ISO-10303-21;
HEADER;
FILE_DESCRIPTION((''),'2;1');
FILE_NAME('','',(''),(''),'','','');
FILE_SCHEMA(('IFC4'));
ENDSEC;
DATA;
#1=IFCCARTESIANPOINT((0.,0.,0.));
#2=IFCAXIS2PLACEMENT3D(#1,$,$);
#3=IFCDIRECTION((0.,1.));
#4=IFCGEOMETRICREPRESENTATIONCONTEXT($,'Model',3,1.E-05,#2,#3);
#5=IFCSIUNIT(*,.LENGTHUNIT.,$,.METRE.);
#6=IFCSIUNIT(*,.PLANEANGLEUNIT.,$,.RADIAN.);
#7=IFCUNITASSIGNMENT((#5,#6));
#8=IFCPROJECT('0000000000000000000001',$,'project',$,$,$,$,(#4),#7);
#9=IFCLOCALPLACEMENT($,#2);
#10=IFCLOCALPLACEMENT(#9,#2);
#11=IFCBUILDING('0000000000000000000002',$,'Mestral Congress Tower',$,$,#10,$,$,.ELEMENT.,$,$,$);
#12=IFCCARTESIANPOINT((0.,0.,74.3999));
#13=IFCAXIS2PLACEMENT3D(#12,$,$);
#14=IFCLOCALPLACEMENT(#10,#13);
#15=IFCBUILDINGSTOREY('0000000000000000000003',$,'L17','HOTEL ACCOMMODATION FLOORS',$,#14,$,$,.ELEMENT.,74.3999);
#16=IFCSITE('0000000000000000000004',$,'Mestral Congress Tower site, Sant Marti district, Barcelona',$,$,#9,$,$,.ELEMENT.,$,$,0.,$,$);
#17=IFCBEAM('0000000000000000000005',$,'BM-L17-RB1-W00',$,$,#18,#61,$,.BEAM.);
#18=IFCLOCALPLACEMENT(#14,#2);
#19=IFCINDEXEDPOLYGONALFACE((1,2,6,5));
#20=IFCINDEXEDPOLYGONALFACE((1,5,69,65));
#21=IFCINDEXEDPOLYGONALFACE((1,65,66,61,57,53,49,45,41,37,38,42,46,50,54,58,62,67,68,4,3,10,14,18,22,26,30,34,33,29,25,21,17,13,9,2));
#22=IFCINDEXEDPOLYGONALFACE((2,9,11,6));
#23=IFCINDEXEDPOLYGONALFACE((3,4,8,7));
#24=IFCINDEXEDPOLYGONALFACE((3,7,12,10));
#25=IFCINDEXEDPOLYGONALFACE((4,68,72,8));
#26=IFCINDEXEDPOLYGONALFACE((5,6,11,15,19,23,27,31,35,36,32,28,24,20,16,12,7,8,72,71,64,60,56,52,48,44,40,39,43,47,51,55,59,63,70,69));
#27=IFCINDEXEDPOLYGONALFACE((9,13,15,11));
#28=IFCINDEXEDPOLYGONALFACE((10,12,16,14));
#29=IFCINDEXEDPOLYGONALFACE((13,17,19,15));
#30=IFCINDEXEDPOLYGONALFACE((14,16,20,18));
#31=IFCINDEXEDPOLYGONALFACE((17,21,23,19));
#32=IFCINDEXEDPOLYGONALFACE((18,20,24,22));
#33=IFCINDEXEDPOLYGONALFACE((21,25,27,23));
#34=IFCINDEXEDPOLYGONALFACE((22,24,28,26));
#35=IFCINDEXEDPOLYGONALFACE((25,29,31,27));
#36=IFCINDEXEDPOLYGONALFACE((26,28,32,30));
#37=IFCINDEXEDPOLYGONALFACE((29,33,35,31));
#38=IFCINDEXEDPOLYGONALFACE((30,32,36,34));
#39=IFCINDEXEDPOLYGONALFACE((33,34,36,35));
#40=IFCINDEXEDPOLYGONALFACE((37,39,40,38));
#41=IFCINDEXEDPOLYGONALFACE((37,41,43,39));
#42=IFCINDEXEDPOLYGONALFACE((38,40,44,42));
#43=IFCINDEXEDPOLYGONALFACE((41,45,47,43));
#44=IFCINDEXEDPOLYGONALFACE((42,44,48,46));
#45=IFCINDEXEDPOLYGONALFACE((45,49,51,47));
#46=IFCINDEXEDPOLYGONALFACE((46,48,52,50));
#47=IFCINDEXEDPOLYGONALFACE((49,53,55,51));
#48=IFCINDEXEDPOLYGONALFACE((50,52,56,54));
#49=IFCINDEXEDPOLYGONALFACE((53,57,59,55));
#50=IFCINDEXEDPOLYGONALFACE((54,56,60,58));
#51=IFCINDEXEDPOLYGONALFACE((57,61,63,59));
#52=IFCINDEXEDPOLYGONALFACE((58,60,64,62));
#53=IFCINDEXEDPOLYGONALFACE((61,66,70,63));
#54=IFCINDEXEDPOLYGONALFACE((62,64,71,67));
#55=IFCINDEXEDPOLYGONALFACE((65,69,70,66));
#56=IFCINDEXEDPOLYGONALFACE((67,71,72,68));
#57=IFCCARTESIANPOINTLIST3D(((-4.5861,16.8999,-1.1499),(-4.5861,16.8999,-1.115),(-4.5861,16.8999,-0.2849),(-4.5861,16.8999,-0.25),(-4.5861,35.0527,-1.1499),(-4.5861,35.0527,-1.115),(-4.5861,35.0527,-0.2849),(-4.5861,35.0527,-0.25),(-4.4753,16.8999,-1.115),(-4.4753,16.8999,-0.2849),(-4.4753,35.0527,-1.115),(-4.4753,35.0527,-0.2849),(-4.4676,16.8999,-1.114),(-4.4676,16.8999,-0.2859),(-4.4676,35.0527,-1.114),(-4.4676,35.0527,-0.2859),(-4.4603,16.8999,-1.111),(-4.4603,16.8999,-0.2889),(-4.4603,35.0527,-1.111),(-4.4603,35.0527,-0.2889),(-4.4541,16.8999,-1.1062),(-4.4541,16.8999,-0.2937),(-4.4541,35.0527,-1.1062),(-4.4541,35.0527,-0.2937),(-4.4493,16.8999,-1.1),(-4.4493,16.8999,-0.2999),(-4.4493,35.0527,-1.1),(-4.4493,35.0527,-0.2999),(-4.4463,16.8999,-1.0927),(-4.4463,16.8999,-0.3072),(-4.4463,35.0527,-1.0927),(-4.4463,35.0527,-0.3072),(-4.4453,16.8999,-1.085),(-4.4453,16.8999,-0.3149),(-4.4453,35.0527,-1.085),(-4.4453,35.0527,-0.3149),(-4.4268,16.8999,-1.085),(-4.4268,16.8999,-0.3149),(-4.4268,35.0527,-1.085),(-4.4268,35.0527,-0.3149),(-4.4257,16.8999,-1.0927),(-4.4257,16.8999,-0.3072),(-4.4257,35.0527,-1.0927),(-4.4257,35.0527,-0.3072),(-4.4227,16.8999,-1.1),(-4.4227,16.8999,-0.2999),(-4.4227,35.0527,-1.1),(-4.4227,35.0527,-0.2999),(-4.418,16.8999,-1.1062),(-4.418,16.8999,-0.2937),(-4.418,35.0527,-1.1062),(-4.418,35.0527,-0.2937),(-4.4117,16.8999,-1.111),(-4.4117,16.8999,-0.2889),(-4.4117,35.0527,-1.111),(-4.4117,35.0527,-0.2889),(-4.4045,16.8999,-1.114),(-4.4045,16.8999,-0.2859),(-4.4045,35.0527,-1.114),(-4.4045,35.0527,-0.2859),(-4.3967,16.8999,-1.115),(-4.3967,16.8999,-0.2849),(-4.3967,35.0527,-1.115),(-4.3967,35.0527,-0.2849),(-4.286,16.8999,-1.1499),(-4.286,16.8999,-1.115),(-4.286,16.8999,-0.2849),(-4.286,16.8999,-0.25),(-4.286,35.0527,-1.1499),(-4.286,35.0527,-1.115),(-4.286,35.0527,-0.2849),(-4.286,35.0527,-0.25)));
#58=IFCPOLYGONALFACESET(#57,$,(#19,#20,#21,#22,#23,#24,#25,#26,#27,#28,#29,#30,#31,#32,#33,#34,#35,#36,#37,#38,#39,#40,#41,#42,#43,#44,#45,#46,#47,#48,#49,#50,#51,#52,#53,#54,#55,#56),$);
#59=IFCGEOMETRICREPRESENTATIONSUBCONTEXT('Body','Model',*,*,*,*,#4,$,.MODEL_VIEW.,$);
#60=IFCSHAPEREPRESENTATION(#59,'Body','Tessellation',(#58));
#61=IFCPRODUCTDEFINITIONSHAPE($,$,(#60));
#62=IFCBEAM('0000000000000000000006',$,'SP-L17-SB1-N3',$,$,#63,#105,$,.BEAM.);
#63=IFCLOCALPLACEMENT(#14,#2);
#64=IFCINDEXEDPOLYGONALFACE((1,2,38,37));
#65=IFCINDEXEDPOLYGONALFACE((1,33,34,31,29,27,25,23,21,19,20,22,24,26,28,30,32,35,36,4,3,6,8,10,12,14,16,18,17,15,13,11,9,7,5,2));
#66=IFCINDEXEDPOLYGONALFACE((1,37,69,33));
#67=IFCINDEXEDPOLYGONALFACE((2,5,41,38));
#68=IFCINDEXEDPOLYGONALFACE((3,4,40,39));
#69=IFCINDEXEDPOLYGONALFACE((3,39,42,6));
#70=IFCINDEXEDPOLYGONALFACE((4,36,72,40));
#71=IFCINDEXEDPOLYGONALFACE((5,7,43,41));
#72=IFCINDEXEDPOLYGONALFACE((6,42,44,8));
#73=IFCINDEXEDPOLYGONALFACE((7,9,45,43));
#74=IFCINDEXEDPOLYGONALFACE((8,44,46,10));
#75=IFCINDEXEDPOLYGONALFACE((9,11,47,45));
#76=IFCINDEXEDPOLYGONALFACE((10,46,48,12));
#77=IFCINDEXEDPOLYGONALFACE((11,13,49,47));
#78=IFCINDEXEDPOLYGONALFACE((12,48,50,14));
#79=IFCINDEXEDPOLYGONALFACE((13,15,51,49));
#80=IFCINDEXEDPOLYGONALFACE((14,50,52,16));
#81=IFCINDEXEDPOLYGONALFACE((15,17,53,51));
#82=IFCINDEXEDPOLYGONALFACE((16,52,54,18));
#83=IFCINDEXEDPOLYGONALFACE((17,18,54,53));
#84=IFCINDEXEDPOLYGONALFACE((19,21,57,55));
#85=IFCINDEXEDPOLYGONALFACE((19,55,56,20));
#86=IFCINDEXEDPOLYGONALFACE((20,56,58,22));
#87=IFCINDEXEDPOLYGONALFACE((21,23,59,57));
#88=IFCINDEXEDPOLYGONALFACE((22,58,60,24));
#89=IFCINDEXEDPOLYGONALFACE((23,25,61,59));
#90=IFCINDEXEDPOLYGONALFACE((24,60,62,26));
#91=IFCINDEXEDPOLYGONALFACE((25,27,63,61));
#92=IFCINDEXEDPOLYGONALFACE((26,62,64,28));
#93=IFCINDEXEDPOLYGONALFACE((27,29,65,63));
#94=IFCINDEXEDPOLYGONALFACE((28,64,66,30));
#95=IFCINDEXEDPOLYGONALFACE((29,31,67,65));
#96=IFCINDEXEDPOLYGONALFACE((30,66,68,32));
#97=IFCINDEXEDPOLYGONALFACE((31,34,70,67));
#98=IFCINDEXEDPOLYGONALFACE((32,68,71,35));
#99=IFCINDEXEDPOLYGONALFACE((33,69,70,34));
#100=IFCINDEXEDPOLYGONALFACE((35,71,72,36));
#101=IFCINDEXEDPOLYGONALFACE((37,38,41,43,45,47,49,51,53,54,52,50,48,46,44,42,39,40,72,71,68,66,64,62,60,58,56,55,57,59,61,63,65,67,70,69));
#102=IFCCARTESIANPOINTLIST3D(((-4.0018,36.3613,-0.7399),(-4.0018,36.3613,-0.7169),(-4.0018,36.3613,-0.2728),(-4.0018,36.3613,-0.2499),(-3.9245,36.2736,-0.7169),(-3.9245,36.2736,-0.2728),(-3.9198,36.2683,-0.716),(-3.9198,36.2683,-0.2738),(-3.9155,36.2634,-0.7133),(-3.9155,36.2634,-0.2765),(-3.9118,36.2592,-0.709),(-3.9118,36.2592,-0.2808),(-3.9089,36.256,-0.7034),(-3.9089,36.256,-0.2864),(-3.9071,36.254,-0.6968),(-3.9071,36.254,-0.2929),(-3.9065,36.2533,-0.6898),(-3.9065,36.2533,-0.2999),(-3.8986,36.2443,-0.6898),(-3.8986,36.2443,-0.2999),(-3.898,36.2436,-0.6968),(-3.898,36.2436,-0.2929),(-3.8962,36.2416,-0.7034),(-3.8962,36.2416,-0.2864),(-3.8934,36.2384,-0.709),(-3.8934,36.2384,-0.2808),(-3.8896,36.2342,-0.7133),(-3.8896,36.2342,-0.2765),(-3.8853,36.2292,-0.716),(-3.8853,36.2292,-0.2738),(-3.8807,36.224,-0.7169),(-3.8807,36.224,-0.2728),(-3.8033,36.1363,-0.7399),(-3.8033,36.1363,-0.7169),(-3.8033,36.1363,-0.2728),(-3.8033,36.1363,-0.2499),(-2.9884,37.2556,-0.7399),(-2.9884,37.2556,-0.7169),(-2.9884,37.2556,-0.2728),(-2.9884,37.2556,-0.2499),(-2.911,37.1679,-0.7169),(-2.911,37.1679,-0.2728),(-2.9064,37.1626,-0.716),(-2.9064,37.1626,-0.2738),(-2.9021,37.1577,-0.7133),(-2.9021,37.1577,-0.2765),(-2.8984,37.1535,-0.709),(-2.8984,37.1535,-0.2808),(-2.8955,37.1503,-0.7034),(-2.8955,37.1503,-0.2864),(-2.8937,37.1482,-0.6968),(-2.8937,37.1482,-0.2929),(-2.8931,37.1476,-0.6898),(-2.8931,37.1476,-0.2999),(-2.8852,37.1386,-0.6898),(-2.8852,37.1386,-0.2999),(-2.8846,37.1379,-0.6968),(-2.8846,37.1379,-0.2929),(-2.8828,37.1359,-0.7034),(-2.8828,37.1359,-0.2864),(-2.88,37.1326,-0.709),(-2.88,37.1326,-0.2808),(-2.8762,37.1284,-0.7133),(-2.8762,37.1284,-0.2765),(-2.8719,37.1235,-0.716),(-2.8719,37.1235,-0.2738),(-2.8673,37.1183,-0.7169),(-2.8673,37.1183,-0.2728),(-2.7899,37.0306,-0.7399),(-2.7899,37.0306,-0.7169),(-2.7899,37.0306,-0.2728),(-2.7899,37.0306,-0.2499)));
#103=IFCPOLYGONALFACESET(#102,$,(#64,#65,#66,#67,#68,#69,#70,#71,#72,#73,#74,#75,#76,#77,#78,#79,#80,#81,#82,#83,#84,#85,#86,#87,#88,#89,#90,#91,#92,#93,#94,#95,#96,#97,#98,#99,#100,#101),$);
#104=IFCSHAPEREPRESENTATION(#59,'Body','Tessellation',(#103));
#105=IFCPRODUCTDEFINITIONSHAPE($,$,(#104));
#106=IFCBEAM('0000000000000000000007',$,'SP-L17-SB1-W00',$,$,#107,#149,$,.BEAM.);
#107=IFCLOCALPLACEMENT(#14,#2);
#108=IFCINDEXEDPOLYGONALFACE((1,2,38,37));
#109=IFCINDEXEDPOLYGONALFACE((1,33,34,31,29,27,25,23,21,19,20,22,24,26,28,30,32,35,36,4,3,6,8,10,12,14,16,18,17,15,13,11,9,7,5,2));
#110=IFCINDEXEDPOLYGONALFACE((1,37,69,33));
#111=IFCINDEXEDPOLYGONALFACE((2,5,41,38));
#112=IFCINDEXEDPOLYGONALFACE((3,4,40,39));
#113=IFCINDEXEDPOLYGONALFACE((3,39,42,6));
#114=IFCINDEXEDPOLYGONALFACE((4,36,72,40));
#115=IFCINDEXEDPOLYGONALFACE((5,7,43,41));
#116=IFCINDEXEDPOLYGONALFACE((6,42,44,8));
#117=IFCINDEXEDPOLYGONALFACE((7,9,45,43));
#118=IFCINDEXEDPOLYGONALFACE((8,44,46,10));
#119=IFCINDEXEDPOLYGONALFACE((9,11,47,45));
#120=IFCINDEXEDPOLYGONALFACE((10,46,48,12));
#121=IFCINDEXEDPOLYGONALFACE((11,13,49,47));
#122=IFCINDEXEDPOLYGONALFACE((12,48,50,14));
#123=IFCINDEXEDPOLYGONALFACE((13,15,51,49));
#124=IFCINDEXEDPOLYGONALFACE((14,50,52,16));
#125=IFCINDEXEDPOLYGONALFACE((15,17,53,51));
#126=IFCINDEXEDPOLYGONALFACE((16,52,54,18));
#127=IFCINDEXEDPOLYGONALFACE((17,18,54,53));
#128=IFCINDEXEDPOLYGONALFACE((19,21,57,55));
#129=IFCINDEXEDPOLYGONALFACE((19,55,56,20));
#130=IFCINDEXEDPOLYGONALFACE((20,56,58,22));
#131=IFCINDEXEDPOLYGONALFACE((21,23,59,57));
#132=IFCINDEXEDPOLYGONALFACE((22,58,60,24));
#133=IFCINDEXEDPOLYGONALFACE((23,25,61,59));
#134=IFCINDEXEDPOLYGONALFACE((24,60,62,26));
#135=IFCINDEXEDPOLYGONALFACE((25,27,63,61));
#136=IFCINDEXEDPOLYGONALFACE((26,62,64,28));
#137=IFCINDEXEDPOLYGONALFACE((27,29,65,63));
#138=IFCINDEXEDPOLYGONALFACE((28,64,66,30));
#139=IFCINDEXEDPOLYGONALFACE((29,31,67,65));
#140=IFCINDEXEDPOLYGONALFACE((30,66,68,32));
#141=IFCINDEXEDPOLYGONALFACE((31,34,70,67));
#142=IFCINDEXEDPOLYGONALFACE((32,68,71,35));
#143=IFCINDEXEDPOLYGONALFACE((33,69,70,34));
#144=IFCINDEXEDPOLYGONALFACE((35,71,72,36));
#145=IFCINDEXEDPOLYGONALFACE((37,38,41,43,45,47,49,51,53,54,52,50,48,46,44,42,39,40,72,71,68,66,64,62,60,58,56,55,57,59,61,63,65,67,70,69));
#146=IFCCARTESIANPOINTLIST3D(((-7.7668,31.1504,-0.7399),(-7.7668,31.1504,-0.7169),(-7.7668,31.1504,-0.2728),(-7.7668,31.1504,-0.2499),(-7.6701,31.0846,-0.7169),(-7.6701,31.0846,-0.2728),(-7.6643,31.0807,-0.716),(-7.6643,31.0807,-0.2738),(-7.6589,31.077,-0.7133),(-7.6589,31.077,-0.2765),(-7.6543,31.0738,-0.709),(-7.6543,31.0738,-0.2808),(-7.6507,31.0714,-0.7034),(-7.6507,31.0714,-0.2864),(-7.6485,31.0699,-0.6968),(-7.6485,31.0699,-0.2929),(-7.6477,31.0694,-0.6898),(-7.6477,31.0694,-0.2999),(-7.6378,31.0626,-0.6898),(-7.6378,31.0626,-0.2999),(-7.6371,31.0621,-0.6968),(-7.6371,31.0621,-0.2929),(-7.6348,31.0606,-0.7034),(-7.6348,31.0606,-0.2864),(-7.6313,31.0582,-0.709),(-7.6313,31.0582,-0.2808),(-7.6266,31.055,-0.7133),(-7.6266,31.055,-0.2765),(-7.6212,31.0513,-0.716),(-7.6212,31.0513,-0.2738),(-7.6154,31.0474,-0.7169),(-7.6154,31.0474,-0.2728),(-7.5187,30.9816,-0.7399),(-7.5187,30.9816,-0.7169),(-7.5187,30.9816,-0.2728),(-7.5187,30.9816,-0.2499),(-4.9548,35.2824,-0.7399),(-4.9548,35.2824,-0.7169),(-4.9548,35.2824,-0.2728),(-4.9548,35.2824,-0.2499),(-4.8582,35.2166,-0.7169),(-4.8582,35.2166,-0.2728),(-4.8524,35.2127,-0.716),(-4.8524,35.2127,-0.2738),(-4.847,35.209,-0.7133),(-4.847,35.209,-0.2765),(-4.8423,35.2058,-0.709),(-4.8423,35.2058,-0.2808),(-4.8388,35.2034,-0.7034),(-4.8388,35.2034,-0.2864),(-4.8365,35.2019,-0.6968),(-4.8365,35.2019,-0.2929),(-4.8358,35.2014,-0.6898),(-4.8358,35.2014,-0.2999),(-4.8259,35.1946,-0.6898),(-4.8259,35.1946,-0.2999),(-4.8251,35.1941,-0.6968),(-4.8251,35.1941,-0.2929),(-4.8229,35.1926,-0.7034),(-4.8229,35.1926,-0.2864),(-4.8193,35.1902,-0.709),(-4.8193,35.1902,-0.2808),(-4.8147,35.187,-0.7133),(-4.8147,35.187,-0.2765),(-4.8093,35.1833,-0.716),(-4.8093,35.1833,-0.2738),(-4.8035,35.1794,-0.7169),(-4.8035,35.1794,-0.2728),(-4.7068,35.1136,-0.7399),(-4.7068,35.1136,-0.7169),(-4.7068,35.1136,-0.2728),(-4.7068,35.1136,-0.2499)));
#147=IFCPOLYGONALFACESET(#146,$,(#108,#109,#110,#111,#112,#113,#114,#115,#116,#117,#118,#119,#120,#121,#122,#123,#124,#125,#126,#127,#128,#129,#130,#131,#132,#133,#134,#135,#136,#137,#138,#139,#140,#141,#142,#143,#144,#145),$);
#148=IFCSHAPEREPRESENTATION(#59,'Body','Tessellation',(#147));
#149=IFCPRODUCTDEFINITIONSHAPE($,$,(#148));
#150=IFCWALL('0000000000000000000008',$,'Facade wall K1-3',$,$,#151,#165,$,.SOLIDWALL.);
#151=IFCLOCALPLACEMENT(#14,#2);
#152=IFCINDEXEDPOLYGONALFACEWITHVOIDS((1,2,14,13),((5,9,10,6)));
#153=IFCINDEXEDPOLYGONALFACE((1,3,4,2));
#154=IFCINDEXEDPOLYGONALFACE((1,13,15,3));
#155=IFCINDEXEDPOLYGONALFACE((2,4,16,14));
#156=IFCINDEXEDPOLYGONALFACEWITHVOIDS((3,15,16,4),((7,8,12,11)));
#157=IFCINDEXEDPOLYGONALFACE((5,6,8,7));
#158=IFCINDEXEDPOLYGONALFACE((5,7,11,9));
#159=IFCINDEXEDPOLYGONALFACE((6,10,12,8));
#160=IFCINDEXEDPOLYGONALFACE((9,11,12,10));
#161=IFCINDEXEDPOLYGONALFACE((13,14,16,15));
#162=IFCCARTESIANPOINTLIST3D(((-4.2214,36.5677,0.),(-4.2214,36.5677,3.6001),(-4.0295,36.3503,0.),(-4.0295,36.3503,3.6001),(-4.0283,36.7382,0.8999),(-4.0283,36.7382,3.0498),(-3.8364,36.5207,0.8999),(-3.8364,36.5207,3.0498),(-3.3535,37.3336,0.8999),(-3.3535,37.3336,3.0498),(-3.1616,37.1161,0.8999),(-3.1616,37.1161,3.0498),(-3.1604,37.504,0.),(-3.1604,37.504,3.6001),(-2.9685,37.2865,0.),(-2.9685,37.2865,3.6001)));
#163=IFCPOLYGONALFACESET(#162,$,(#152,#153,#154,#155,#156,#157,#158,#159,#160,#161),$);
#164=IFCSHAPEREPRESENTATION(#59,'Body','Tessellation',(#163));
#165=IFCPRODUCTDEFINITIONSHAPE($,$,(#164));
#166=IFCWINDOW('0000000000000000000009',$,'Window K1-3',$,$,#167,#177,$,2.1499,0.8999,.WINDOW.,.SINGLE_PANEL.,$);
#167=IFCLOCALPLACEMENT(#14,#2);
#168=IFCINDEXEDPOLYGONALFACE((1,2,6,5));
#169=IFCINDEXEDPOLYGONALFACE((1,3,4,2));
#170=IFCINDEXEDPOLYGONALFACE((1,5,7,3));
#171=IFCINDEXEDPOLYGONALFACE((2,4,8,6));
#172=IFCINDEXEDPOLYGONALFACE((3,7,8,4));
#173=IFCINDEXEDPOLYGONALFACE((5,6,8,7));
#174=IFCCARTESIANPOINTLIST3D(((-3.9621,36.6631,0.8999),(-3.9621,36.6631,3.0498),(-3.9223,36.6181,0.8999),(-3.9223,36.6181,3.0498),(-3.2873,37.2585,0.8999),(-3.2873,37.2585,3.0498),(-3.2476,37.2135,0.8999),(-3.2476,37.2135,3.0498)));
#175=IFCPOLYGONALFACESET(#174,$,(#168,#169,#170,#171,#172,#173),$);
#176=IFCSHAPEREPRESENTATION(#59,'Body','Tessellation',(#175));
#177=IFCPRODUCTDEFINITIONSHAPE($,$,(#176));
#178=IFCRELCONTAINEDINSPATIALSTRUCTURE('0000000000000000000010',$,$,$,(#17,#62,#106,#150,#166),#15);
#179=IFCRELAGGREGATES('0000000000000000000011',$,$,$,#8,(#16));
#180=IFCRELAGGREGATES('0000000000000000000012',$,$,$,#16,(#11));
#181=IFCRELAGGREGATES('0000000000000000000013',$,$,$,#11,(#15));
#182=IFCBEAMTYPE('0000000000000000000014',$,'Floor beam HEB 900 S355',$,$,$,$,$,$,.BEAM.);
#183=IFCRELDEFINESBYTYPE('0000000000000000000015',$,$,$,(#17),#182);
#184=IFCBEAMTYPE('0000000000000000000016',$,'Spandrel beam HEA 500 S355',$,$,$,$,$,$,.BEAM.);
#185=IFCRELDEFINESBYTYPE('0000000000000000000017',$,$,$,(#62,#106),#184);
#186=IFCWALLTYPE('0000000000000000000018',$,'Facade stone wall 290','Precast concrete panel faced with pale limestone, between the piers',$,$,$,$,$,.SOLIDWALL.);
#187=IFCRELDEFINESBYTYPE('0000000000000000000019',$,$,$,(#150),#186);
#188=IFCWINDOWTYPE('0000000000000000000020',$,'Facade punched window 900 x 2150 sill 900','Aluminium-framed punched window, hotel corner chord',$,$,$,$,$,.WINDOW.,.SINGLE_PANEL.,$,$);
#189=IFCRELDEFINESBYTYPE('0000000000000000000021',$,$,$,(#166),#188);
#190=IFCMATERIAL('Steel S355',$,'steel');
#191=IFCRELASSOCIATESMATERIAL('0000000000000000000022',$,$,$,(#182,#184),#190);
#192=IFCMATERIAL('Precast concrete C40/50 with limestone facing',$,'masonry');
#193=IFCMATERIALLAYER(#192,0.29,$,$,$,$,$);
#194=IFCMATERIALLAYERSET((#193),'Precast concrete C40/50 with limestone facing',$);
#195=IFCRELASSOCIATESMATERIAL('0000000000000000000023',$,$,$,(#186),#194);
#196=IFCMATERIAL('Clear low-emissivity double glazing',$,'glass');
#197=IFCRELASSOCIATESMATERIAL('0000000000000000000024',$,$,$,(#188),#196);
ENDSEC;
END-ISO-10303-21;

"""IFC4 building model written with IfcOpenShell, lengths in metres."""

from ifc_helpers import new_model, si_unit, direction, frame, frame_2d, origin, origin_2d, place, context, subcontext, project, spatial, rectangle, i_section, extrude, material, layer, layer_set, material_profile, profile_set, type_object, element, fill, save


model = new_model("IFC4")

# Units and contexts
model_context = context("Model", 3, precision=1e-05, world=origin(), true_north=direction((0.0, 1.0)))
body_context = subcontext(model_context, "Body", "Model", "MODEL_VIEW")
ifc_project = project(units=[si_unit("LENGTHUNIT", "METRE"), si_unit("PLANEANGLEUNIT", "RADIAN")], contexts=[model_context])

# Site, building, storey
site_placement = place(None, origin())
site = spatial("IfcSite", under=ifc_project, at=site_placement, Name="Mestral Congress Tower site, Sant Marti district, Barcelona", CompositionType="ELEMENT", RefElevation=0.0)
building_placement = place(site_placement, origin())
building = spatial("IfcBuilding", under=site, at=building_placement, Name="Mestral Congress Tower", CompositionType="ELEMENT")
storey_placement = place(building_placement, frame((0.0, 0.0, 74.3999)))
storey = spatial("IfcBuildingStorey", under=building, at=storey_placement, Name="L17", Description="HOTEL ACCOMMODATION FLOORS", CompositionType="ELEMENT", Elevation=74.3999)

# Beams
ifc_material_1 = material(Name="Steel S355", Category="steel")
ifc_material_profile_1 = material_profile(ifc_material_1, i_section(OverallWidth=0.3, OverallDepth=0.8999, WebThickness=0.0186, FlangeThickness=0.0349, FilletRadius=0.03, at=origin_2d()), Name="HEB 900")
ifc_profile_set_1 = profile_set([ifc_material_profile_1], Name="Steel S355")
beam_type_1 = type_object("IfcBeamType", Name="Floor beam HEB 900 S355", PredefinedType="BEAM", material=ifc_profile_set_1)
beam_1_placement = place(storey_placement, frame((-4.436, 35.0527, -0.7), z_axis=(0.0, -1.0, 0.0), x_axis=(1.0, 0.0, 0.0)))
element("IfcBeam", 1, at=beam_1_placement, inside=storey, type_object=beam_type_1, Name="BM-L17-RB1-W00", PredefinedType="BEAM", context=body_context, shape_type="SweptSolid", body=[
    extrude(i_section(OverallWidth=0.3, OverallDepth=0.8999, WebThickness=0.0186, FlangeThickness=0.0349, FilletRadius=0.03, at=origin_2d()), origin(), (0.0, 0.0, 1.0), 18.1528),
])
ifc_material_profile_2 = material_profile(ifc_material_1, i_section(OverallWidth=0.3, OverallDepth=0.49, WebThickness=0.012, FlangeThickness=0.0229, FilletRadius=0.0271, at=origin_2d()), Name="HEA 500")
ifc_profile_set_2 = profile_set([ifc_material_profile_2], Name="Steel S355")
beam_type_2 = type_object("IfcBeamType", Name="Spandrel beam HEA 500 S355", PredefinedType="BEAM", material=ifc_profile_set_2)
beam_2_placement = place(storey_placement, frame((-2.8892, 37.1431, -0.4949), z_axis=(-0.749806, -0.661657, 0.0), x_axis=(0.661657, -0.749806, 0.0)))
element("IfcBeam", 2, at=beam_2_placement, inside=storey, type_object=beam_type_2, Name="SP-L17-SB1-N3", PredefinedType="BEAM", context=body_context, shape_type="SweptSolid", body=[
    extrude(i_section(OverallWidth=0.3, OverallDepth=0.49, WebThickness=0.012, FlangeThickness=0.0229, FilletRadius=0.0271, at=origin_2d()), origin(), (0.0, 0.0, 1.0), 1.3516),
])
beam_3_placement = place(storey_placement, frame((-4.8308, 35.198, -0.4949), z_axis=(-0.562611, -0.826722, 0.0), x_axis=(0.826722, -0.562611, 0.0)))
element("IfcBeam", 3, at=beam_3_placement, inside=storey, type_object=beam_type_2, Name="SP-L17-SB1-W00", PredefinedType="BEAM", context=body_context, shape_type="SweptSolid", body=[
    extrude(i_section(OverallWidth=0.3, OverallDepth=0.49, WebThickness=0.012, FlangeThickness=0.0229, FilletRadius=0.0271, at=origin_2d()), origin(), (0.0, 0.0, 1.0), 4.998),
])

# Wall, opening, window
ifc_material_2 = material(Name="Precast concrete C40/50 with limestone facing", Category="masonry")
ifc_layer = layer(ifc_material_2, 0.29)
ifc_layer_set = layer_set([ifc_layer], Name="Precast concrete C40/50 with limestone facing")
wall_type = type_object("IfcWallType", Name="Facade stone wall 290", Description="Precast concrete panel faced with pale limestone, between the piers", PredefinedType="SOLIDWALL", material=ifc_layer_set)
wall_1_placement = place(storey_placement, frame((-3.0645, 37.3953, 0.0), z_axis=(0.0, 0.0, 1.0), x_axis=(-0.749813, -0.66165, 0.0)))
wall_1 = element("IfcWall", 4, at=wall_1_placement, inside=storey, type_object=wall_type, Name="Facade wall K1-3", PredefinedType="SOLIDWALL", context=body_context, shape_type="SweptSolid", body=[
    extrude(rectangle(XDim=1.415, YDim=0.29, at=frame_2d((0.7075, 0.0))), origin(), (0.0, 0.0, 1.0), 3.6001),
])
opening_1_placement = place(wall_1_placement, frame((0.2576, 0.0, 0.8999)))
opening_1 = element("IfcOpeningElement", 5, at=opening_1_placement, cuts=wall_1, PredefinedType="OPENING", context=body_context, shape_type="SweptSolid", body=[
    extrude(rectangle(XDim=0.8999, YDim=2.1499, at=frame_2d((0.45, 1.075))), frame((0.0, 0.155, 0.0), z_axis=(0.0, -1.0, 0.0), x_axis=(1.0, 0.0, 0.0)), (0.0, 0.0, 1.0), 0.3101),
])
ifc_material_3 = material(Name="Clear low-emissivity double glazing", Category="glass")
window_type_1 = type_object("IfcWindowType", Name="Facade punched window 900 x 2150 sill 900", Description="Aluminium-framed punched window, hotel corner chord", PartitioningType="SINGLE_PANEL", PredefinedType="WINDOW", material=ifc_material_3)
window_1_placement = place(opening_1_placement, origin())
window_1 = element("IfcWindow", 6, at=window_1_placement, inside=storey, type_object=window_type_1, Name="Window K1-3", OverallHeight=2.1499, OverallWidth=0.8999, PartitioningType="SINGLE_PANEL", PredefinedType="WINDOW", context=body_context, shape_type="SweptSolid", body=[
    extrude(rectangle(XDim=0.8999, YDim=2.1499, at=frame_2d((0.45, 1.075))), frame((0.0, 0.0151, 0.0), z_axis=(0.0, -1.0, 0.0), x_axis=(1.0, 0.0, 0.0)), (0.0, 0.0, 1.0), 0.0601),
])
fill(opening_1, window_1)

save(model, "model.ifc")
